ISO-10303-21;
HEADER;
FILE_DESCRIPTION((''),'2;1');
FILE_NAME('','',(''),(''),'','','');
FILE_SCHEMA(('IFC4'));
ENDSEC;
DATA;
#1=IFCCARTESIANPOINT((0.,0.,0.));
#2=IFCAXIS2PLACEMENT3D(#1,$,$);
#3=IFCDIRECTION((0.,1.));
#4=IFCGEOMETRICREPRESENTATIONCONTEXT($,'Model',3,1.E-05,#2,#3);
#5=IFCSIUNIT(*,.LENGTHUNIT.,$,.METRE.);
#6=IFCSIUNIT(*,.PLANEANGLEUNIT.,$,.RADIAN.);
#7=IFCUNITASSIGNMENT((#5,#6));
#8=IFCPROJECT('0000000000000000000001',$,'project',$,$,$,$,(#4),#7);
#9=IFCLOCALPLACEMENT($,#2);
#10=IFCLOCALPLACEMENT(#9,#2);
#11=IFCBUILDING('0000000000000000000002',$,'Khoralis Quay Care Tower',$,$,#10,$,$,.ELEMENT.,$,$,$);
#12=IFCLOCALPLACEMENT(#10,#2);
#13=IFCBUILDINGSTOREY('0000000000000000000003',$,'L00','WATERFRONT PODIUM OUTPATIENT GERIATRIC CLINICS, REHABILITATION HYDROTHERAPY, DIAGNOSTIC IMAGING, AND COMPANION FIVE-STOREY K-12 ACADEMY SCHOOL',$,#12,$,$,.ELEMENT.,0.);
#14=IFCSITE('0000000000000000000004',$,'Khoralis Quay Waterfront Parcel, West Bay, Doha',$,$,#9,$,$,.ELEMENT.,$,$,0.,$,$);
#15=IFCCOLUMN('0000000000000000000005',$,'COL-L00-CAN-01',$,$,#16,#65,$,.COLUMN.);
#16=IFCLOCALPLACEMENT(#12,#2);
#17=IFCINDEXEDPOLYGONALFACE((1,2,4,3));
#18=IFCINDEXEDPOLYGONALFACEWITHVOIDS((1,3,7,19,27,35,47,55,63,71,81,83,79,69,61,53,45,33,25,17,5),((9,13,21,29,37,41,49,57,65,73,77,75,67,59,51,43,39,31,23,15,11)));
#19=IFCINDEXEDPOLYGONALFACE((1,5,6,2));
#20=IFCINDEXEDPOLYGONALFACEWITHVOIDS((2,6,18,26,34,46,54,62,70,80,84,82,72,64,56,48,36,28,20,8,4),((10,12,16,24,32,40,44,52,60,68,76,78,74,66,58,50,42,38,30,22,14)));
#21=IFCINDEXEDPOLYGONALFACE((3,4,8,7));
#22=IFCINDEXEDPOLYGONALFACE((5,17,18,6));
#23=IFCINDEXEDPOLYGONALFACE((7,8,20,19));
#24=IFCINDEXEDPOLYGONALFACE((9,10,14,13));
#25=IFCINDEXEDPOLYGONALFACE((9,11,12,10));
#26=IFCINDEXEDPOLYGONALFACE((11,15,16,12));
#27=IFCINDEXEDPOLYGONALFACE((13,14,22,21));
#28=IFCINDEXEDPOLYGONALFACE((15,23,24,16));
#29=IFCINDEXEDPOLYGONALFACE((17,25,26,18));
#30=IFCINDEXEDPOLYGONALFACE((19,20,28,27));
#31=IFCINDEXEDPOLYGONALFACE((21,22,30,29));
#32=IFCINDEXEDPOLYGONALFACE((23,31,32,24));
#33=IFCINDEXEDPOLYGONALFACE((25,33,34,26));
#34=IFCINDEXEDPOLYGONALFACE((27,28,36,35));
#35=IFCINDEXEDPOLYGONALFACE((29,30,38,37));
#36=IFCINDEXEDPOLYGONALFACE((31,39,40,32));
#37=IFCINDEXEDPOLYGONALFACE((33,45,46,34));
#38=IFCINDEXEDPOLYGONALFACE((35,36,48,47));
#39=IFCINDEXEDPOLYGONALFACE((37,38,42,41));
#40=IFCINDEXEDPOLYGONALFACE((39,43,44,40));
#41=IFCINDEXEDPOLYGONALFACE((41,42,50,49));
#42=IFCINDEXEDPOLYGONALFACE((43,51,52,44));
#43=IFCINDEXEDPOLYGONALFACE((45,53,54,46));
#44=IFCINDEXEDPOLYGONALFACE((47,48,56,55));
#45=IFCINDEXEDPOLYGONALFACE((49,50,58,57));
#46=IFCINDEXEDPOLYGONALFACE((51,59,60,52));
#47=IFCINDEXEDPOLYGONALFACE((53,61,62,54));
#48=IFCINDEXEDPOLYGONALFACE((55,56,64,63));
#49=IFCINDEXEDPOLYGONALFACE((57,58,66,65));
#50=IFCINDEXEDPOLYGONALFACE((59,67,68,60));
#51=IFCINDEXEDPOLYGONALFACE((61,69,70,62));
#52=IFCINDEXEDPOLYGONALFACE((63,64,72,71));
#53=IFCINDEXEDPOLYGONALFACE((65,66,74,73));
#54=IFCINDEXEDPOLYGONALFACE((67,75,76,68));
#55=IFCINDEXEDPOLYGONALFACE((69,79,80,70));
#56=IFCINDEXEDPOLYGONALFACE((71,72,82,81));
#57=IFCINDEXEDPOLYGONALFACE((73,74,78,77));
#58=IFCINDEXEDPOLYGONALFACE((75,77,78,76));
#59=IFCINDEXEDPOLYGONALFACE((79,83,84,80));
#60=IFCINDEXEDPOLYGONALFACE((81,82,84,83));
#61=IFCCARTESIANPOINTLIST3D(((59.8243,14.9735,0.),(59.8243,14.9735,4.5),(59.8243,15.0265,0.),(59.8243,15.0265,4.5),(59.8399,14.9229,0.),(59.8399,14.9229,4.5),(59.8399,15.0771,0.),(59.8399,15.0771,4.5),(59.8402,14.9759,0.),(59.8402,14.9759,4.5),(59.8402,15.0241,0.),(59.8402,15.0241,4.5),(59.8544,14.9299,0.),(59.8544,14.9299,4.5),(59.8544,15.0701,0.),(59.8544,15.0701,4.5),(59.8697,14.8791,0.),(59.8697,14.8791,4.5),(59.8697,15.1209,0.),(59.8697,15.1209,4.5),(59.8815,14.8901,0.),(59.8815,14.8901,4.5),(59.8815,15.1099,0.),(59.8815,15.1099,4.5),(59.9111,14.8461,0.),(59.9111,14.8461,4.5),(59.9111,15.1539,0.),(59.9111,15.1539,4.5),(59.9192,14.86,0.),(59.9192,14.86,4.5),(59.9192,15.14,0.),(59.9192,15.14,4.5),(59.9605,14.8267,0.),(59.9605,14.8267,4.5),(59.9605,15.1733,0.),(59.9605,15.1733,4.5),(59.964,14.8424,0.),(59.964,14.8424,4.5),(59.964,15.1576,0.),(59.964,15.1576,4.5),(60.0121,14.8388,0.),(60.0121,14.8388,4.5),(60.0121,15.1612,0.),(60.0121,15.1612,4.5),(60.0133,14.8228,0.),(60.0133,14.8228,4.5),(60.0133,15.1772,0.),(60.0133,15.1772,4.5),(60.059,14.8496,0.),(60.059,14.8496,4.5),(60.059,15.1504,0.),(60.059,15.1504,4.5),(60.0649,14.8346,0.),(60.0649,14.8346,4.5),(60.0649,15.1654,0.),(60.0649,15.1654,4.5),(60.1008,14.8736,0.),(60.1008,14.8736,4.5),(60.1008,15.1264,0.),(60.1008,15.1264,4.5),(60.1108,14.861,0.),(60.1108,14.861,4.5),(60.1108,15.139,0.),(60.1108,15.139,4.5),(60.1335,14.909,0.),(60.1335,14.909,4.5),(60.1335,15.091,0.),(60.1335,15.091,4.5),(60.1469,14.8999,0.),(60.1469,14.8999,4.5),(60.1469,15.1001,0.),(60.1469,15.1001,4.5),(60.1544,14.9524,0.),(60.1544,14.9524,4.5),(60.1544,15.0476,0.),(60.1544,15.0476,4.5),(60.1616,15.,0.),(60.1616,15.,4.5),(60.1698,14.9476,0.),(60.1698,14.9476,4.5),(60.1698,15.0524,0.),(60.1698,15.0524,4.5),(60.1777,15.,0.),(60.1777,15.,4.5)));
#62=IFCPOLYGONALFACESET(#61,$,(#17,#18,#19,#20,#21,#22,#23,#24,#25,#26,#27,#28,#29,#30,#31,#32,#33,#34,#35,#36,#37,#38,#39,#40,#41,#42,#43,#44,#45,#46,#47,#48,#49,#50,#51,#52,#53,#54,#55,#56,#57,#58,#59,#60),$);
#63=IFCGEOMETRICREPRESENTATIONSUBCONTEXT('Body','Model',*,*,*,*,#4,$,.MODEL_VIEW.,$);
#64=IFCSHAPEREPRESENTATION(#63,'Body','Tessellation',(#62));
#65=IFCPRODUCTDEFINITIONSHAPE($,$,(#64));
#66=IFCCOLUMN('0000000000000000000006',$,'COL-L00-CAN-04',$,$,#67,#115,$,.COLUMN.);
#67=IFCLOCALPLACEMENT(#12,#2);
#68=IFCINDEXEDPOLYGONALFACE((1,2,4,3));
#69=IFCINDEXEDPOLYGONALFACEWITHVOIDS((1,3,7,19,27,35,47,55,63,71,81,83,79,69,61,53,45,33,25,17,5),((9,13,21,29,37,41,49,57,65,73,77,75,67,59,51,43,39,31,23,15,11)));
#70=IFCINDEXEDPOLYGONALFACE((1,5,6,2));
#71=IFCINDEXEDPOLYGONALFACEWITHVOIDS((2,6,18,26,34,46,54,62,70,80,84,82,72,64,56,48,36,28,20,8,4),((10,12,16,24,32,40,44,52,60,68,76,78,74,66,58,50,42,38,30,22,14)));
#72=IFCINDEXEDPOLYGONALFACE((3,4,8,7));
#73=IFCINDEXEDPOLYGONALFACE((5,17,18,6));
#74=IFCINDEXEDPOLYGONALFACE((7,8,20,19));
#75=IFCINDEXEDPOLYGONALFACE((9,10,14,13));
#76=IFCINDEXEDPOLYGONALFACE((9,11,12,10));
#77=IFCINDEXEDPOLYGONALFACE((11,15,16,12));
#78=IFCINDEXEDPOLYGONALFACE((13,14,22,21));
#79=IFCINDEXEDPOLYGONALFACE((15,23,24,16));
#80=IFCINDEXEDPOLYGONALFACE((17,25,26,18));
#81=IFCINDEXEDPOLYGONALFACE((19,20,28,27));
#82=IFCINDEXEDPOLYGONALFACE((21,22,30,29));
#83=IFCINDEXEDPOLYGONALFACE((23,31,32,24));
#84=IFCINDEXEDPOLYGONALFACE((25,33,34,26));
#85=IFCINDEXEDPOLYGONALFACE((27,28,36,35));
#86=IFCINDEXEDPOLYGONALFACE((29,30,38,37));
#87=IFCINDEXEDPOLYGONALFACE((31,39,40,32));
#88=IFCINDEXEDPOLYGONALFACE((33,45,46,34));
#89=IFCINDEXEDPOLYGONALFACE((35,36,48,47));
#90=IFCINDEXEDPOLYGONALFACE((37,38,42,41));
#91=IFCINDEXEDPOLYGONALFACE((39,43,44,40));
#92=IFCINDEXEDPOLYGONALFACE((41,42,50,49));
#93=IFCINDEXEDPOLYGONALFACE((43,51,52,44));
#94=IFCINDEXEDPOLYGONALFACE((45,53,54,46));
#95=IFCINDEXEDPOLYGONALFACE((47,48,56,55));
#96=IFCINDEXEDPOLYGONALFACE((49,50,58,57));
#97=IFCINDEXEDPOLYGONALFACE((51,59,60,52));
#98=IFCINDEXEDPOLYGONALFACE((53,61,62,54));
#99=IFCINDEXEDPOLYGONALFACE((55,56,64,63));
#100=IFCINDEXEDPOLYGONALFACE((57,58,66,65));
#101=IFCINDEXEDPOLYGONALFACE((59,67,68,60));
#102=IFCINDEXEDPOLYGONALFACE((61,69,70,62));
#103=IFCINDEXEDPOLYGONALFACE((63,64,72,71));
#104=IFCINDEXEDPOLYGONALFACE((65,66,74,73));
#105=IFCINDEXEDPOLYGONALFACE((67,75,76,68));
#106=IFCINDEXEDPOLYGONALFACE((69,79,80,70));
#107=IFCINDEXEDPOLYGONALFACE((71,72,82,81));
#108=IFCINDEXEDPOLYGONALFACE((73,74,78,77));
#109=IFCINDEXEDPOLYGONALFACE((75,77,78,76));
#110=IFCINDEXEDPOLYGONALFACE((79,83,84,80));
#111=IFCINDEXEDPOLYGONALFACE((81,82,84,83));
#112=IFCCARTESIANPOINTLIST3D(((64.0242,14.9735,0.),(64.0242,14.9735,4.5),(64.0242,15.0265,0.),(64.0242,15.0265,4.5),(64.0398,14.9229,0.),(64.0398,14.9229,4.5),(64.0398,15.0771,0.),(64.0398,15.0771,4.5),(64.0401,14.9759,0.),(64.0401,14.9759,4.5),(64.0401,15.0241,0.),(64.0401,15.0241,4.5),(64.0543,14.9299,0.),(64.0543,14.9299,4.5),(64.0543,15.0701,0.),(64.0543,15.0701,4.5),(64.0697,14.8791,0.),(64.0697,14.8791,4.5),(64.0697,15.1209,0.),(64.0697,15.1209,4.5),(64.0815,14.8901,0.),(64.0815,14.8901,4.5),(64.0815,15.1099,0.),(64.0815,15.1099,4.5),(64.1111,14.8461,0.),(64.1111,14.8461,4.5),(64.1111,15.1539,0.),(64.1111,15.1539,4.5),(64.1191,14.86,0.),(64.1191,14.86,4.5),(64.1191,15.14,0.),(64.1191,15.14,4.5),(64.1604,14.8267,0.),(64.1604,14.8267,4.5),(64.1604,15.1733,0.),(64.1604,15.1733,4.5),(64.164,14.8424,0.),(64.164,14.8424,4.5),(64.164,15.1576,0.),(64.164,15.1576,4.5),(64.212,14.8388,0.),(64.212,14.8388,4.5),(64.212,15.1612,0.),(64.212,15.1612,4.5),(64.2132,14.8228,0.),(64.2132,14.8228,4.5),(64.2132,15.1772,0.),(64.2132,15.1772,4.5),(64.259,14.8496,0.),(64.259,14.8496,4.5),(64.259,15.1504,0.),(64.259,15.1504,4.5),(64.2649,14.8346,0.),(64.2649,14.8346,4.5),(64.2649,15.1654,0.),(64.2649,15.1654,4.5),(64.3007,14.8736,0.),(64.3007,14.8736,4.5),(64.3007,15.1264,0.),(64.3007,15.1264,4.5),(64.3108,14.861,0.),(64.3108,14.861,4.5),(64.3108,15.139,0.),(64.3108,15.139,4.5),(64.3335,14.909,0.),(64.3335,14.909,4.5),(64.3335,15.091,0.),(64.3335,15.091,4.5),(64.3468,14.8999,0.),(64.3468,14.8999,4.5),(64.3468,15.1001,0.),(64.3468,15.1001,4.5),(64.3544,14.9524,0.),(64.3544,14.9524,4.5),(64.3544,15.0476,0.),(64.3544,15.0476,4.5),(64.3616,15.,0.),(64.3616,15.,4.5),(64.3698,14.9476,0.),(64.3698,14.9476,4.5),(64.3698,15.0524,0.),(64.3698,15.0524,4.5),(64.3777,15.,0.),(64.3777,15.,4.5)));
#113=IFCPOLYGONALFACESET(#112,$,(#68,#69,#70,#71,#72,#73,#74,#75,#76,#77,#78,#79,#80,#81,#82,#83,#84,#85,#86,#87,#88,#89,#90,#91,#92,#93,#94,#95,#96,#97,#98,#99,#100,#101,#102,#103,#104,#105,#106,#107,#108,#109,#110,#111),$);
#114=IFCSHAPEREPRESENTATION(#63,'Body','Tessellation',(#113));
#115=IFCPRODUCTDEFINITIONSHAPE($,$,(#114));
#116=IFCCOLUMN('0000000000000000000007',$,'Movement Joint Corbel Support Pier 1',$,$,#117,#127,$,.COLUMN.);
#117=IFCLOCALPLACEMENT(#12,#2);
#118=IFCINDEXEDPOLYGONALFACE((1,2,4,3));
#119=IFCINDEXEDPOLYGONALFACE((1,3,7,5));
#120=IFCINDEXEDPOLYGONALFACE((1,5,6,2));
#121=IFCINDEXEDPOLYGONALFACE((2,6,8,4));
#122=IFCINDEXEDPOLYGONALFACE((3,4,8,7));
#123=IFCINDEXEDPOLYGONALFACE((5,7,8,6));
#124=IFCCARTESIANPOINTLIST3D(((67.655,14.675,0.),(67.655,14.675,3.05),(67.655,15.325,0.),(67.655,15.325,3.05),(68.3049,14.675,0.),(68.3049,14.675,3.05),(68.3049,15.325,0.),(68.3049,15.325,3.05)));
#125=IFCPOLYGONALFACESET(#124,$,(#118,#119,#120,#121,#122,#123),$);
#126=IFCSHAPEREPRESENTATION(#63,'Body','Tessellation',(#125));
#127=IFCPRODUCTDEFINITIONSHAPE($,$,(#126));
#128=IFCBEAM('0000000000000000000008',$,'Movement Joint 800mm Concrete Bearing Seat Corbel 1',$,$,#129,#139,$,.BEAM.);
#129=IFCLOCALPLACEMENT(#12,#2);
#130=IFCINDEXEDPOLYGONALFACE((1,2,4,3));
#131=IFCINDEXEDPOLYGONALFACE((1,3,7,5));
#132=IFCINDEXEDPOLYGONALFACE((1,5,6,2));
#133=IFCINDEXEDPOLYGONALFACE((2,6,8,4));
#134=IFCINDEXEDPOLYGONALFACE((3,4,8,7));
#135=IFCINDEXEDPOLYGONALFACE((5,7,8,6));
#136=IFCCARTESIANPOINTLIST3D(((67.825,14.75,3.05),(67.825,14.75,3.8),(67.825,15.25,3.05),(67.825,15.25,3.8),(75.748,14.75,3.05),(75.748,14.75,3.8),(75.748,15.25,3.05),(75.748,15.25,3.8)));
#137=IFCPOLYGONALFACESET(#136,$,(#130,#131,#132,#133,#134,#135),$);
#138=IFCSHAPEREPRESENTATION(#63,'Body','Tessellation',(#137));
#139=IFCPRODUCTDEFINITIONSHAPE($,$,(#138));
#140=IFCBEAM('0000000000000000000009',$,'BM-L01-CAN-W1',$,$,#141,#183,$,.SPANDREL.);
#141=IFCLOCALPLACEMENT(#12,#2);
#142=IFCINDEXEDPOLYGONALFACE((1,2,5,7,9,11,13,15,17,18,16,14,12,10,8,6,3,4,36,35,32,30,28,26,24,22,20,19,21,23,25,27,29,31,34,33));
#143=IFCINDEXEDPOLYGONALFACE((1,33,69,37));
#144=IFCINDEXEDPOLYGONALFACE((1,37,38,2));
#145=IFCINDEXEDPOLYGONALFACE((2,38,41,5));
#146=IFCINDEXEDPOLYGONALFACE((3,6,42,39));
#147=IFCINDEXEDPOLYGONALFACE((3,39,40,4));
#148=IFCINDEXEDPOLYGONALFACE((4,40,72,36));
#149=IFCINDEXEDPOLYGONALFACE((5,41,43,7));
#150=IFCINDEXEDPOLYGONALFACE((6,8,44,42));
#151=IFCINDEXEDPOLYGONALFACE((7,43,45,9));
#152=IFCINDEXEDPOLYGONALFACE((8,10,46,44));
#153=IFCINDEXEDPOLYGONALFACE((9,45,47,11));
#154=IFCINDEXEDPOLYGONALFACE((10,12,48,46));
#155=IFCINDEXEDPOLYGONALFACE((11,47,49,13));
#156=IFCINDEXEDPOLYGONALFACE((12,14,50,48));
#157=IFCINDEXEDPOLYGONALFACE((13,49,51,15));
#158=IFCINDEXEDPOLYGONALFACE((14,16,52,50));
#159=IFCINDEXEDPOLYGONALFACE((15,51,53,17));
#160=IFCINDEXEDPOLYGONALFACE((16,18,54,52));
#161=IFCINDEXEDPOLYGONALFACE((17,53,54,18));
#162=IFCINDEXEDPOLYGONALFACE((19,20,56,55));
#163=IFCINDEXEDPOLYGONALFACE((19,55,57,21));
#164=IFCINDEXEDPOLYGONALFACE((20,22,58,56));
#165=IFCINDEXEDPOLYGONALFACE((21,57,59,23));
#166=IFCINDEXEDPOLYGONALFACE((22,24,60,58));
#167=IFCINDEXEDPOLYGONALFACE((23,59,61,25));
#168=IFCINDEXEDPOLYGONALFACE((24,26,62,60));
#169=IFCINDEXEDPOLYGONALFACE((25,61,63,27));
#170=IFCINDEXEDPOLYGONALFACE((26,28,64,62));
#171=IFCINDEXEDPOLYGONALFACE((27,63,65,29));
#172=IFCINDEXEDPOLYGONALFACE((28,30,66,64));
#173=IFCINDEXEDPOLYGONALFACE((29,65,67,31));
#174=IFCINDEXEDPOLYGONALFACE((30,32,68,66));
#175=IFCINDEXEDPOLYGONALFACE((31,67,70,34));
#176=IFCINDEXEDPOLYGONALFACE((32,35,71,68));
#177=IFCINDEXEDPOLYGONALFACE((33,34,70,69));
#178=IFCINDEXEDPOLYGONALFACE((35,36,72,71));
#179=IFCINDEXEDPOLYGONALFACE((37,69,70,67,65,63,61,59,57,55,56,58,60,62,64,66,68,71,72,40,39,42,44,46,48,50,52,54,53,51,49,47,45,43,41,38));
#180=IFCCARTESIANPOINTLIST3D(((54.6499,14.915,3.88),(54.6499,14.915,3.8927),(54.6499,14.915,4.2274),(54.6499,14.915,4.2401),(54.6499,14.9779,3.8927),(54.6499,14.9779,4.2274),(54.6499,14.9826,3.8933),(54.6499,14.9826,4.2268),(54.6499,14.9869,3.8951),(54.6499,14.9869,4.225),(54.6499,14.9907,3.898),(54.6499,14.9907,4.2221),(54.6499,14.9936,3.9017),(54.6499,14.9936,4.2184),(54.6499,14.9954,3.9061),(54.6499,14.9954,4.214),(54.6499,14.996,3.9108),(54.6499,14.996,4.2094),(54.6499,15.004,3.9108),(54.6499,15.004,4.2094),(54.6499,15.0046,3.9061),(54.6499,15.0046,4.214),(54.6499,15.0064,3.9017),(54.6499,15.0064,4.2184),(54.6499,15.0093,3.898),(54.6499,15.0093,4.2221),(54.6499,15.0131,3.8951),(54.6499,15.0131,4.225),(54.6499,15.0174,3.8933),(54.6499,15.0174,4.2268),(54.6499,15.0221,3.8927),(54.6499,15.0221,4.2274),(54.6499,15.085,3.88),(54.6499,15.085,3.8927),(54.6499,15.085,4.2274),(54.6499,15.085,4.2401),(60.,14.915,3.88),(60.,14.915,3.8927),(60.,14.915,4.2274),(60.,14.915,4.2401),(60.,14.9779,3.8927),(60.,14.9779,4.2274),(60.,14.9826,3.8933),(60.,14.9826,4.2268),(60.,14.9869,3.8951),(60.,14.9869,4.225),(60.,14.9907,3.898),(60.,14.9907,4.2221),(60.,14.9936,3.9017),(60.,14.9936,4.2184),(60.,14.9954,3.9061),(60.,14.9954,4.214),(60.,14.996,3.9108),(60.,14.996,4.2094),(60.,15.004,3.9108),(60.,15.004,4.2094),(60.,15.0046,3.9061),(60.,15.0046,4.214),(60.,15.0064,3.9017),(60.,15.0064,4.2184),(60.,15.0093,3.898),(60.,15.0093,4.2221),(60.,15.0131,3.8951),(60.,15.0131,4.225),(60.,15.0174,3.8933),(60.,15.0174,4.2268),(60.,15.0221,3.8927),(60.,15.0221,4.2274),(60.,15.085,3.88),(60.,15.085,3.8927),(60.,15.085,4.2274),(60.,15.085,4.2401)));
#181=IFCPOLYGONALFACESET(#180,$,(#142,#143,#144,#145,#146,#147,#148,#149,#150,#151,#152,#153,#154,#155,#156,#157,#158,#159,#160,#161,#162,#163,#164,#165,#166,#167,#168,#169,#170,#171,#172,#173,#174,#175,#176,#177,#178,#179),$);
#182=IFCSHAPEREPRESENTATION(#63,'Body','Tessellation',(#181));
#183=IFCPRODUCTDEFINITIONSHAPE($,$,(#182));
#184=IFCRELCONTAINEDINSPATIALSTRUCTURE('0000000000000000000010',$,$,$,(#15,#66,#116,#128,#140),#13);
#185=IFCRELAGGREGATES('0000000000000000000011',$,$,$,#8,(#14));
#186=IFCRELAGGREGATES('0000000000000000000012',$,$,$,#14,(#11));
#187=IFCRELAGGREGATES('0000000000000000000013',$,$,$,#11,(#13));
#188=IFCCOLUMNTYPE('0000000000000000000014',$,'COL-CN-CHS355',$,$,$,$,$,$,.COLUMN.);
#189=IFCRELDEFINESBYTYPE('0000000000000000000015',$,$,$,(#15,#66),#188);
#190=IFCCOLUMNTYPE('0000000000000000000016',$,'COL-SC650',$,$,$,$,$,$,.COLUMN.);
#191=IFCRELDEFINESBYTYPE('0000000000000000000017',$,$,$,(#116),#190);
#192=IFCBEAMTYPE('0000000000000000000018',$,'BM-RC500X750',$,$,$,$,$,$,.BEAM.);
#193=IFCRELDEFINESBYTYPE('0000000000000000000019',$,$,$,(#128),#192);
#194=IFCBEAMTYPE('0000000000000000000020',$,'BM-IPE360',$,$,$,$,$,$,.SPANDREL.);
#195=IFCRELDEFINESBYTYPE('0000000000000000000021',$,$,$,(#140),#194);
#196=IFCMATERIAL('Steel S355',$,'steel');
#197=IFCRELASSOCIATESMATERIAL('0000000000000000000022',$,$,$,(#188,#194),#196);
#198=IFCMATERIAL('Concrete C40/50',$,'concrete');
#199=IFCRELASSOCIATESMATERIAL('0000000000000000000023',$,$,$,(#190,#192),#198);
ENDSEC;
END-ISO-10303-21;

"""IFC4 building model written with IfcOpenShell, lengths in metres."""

from ifc_helpers import new_model, si_unit, direction, frame, origin, origin_2d, place, context, subcontext, project, spatial, rectangle, hollow_circle, i_section, extrude, source, transform, mapped, material, material_profile, profile_set, type_object, element, save


model = new_model("IFC4")

# Units and contexts
model_context = context("Model", 3, precision=1e-05, world=origin(), true_north=direction((0.0, 1.0)))
body_context = subcontext(model_context, "Body", "Model", "MODEL_VIEW")
ifc_project = project(units=[si_unit("LENGTHUNIT", "METRE"), si_unit("PLANEANGLEUNIT", "RADIAN")], contexts=[model_context])

# Site, building, storey
site_placement = place(None, origin())
site = spatial("IfcSite", under=ifc_project, at=site_placement, Name="Khoralis Quay Waterfront Parcel, West Bay, Doha", CompositionType="ELEMENT", RefElevation=0.0)
building_placement = place(site_placement, origin())
building = spatial("IfcBuilding", under=site, at=building_placement, Name="Khoralis Quay Care Tower", CompositionType="ELEMENT")
storey_placement = place(building_placement, origin())
storey = spatial("IfcBuildingStorey", under=building, at=storey_placement, Name="L00", Description="WATERFRONT PODIUM OUTPATIENT GERIATRIC CLINICS, REHABILITATION HYDROTHERAPY, DIAGNOSTIC IMAGING, AND COMPANION FIVE-STOREY K-12 ACADEMY SCHOOL", CompositionType="ELEMENT", Elevation=0.0)

# Columns
ifc_material_1 = material(Name="Steel S355", Category="steel")
ifc_material_profile_1 = material_profile(ifc_material_1, hollow_circle(Radius=0.1777, WallThickness=0.0161, at=origin_2d()), Name="Steel S355")
ifc_profile_set_1 = profile_set([ifc_material_profile_1], Name="Steel S355")
column_type_1 = type_object("IfcColumnType", Name="COL-CN-CHS355", PredefinedType="COLUMN", material=ifc_profile_set_1)
shared_shape_1 = source(origin(), body_context, "Body", "SweptSolid", [
    extrude(hollow_circle(Radius=0.1777, WallThickness=0.0161, at=origin_2d()), origin(), (0.0, 0.0, 1.0), 4.5),
])
for number, where, z_axis, x_axis, name in (
    (1, (60.0, 15.0, 0.0), (0.0, 0.0, 1.0), (1.0, 0.0, 0.0), "COL-L00-CAN-01"),
    (2, (64.2, 15.0, 0.0), (0.0, 0.0, 1.0), (1.0, 0.0, 0.0), "COL-L00-CAN-04"),
):
    element("IfcColumn", number, at=place(storey_placement, frame(where, z_axis=z_axis, x_axis=x_axis)), inside=storey, type_object=column_type_1, Name=name, PredefinedType="COLUMN", context=body_context, shape_type="MappedRepresentation", body=[
        mapped(shared_shape_1, transform((0.0, 0.0, 0.0), scale=1.0)),
    ])
ifc_material_2 = material(Name="Concrete C40/50", Category="concrete")
ifc_material_profile_2 = material_profile(ifc_material_2, rectangle(XDim=0.6499, YDim=0.6499, at=origin_2d()), Name="Concrete C40/50")
ifc_profile_set_2 = profile_set([ifc_material_profile_2], Name="Concrete C40/50")
column_type_2 = type_object("IfcColumnType", Name="COL-SC650", PredefinedType="COLUMN", material=ifc_profile_set_2)
shared_shape_2 = source(origin(), body_context, "Body", "SweptSolid", [
    extrude(rectangle(XDim=0.6499, YDim=0.6499, at=origin_2d()), origin(), (0.0, 0.0, 1.0), 3.05),
])
column_placement = place(storey_placement, frame((67.98, 15.0, 0.0), z_axis=(0.0, 0.0, 1.0), x_axis=(1.0, 0.0, 0.0)))
element("IfcColumn", 3, at=column_placement, inside=storey, type_object=column_type_2, Name="Movement Joint Corbel Support Pier 1", PredefinedType="COLUMN", context=body_context, shape_type="MappedRepresentation", body=[
    mapped(shared_shape_2, transform((0.0, 0.0, 0.0), scale=1.0)),
])

# Beams
ifc_material_profile_3 = material_profile(ifc_material_2, rectangle(XDim=0.5, YDim=0.75, at=origin_2d()), Name="Concrete C40/50")
ifc_profile_set_3 = profile_set([ifc_material_profile_3], Name="Concrete C40/50")
beam_type_1 = type_object("IfcBeamType", Name="BM-RC500X750", PredefinedType="BEAM", material=ifc_profile_set_3)
shared_shape_3 = source(origin(), body_context, "Body", "SweptSolid", [
    extrude(rectangle(XDim=0.5, YDim=0.75, at=origin_2d()), origin(), (0.0, 0.0, 1.0), 7.9231),
])
beam_1_placement = place(storey_placement, frame((67.825, 15.0, 3.425), z_axis=(1.0, 0.0, 0.0), x_axis=(0.0, 1.0, 0.0)))
element("IfcBeam", 4, at=beam_1_placement, inside=storey, type_object=beam_type_1, Name="Movement Joint 800mm Concrete Bearing Seat Corbel 1", PredefinedType="BEAM", context=body_context, shape_type="MappedRepresentation", body=[
    mapped(shared_shape_3, transform((0.0, 0.0, 0.0), scale=1.0)),
])
ifc_material_profile_4 = material_profile(ifc_material_1, i_section(OverallWidth=0.1699, OverallDepth=0.3601, WebThickness=0.0081, FlangeThickness=0.0127, FilletRadius=0.0181, at=origin_2d()), Name="Steel S355")
ifc_profile_set_4 = profile_set([ifc_material_profile_4], Name="Steel S355")
beam_type_2 = type_object("IfcBeamType", Name="BM-IPE360", PredefinedType="SPANDREL", material=ifc_profile_set_4)
shared_shape_4 = source(origin(), body_context, "Body", "SweptSolid", [
    extrude(i_section(OverallWidth=0.1699, OverallDepth=0.3601, WebThickness=0.0081, FlangeThickness=0.0127, FilletRadius=0.0181, at=origin_2d()), origin(), (0.0, 0.0, 1.0), 5.3501),
])
for number, where, z_axis, x_axis, name in (
    (5, (54.6499, 15.0, 4.0601), (1.0, 0.0, 0.0), (0.0, 1.0, 0.0), "BM-L01-CAN-W1"),
):
    element("IfcBeam", number, at=place(storey_placement, frame(where, z_axis=z_axis, x_axis=x_axis)), inside=storey, type_object=beam_type_2, Name=name, PredefinedType="SPANDREL", context=body_context, shape_type="MappedRepresentation", body=[
        mapped(shared_shape_4, transform((0.0, 0.0, 0.0), scale=1.0)),
    ])

save(model, "model.ifc")
